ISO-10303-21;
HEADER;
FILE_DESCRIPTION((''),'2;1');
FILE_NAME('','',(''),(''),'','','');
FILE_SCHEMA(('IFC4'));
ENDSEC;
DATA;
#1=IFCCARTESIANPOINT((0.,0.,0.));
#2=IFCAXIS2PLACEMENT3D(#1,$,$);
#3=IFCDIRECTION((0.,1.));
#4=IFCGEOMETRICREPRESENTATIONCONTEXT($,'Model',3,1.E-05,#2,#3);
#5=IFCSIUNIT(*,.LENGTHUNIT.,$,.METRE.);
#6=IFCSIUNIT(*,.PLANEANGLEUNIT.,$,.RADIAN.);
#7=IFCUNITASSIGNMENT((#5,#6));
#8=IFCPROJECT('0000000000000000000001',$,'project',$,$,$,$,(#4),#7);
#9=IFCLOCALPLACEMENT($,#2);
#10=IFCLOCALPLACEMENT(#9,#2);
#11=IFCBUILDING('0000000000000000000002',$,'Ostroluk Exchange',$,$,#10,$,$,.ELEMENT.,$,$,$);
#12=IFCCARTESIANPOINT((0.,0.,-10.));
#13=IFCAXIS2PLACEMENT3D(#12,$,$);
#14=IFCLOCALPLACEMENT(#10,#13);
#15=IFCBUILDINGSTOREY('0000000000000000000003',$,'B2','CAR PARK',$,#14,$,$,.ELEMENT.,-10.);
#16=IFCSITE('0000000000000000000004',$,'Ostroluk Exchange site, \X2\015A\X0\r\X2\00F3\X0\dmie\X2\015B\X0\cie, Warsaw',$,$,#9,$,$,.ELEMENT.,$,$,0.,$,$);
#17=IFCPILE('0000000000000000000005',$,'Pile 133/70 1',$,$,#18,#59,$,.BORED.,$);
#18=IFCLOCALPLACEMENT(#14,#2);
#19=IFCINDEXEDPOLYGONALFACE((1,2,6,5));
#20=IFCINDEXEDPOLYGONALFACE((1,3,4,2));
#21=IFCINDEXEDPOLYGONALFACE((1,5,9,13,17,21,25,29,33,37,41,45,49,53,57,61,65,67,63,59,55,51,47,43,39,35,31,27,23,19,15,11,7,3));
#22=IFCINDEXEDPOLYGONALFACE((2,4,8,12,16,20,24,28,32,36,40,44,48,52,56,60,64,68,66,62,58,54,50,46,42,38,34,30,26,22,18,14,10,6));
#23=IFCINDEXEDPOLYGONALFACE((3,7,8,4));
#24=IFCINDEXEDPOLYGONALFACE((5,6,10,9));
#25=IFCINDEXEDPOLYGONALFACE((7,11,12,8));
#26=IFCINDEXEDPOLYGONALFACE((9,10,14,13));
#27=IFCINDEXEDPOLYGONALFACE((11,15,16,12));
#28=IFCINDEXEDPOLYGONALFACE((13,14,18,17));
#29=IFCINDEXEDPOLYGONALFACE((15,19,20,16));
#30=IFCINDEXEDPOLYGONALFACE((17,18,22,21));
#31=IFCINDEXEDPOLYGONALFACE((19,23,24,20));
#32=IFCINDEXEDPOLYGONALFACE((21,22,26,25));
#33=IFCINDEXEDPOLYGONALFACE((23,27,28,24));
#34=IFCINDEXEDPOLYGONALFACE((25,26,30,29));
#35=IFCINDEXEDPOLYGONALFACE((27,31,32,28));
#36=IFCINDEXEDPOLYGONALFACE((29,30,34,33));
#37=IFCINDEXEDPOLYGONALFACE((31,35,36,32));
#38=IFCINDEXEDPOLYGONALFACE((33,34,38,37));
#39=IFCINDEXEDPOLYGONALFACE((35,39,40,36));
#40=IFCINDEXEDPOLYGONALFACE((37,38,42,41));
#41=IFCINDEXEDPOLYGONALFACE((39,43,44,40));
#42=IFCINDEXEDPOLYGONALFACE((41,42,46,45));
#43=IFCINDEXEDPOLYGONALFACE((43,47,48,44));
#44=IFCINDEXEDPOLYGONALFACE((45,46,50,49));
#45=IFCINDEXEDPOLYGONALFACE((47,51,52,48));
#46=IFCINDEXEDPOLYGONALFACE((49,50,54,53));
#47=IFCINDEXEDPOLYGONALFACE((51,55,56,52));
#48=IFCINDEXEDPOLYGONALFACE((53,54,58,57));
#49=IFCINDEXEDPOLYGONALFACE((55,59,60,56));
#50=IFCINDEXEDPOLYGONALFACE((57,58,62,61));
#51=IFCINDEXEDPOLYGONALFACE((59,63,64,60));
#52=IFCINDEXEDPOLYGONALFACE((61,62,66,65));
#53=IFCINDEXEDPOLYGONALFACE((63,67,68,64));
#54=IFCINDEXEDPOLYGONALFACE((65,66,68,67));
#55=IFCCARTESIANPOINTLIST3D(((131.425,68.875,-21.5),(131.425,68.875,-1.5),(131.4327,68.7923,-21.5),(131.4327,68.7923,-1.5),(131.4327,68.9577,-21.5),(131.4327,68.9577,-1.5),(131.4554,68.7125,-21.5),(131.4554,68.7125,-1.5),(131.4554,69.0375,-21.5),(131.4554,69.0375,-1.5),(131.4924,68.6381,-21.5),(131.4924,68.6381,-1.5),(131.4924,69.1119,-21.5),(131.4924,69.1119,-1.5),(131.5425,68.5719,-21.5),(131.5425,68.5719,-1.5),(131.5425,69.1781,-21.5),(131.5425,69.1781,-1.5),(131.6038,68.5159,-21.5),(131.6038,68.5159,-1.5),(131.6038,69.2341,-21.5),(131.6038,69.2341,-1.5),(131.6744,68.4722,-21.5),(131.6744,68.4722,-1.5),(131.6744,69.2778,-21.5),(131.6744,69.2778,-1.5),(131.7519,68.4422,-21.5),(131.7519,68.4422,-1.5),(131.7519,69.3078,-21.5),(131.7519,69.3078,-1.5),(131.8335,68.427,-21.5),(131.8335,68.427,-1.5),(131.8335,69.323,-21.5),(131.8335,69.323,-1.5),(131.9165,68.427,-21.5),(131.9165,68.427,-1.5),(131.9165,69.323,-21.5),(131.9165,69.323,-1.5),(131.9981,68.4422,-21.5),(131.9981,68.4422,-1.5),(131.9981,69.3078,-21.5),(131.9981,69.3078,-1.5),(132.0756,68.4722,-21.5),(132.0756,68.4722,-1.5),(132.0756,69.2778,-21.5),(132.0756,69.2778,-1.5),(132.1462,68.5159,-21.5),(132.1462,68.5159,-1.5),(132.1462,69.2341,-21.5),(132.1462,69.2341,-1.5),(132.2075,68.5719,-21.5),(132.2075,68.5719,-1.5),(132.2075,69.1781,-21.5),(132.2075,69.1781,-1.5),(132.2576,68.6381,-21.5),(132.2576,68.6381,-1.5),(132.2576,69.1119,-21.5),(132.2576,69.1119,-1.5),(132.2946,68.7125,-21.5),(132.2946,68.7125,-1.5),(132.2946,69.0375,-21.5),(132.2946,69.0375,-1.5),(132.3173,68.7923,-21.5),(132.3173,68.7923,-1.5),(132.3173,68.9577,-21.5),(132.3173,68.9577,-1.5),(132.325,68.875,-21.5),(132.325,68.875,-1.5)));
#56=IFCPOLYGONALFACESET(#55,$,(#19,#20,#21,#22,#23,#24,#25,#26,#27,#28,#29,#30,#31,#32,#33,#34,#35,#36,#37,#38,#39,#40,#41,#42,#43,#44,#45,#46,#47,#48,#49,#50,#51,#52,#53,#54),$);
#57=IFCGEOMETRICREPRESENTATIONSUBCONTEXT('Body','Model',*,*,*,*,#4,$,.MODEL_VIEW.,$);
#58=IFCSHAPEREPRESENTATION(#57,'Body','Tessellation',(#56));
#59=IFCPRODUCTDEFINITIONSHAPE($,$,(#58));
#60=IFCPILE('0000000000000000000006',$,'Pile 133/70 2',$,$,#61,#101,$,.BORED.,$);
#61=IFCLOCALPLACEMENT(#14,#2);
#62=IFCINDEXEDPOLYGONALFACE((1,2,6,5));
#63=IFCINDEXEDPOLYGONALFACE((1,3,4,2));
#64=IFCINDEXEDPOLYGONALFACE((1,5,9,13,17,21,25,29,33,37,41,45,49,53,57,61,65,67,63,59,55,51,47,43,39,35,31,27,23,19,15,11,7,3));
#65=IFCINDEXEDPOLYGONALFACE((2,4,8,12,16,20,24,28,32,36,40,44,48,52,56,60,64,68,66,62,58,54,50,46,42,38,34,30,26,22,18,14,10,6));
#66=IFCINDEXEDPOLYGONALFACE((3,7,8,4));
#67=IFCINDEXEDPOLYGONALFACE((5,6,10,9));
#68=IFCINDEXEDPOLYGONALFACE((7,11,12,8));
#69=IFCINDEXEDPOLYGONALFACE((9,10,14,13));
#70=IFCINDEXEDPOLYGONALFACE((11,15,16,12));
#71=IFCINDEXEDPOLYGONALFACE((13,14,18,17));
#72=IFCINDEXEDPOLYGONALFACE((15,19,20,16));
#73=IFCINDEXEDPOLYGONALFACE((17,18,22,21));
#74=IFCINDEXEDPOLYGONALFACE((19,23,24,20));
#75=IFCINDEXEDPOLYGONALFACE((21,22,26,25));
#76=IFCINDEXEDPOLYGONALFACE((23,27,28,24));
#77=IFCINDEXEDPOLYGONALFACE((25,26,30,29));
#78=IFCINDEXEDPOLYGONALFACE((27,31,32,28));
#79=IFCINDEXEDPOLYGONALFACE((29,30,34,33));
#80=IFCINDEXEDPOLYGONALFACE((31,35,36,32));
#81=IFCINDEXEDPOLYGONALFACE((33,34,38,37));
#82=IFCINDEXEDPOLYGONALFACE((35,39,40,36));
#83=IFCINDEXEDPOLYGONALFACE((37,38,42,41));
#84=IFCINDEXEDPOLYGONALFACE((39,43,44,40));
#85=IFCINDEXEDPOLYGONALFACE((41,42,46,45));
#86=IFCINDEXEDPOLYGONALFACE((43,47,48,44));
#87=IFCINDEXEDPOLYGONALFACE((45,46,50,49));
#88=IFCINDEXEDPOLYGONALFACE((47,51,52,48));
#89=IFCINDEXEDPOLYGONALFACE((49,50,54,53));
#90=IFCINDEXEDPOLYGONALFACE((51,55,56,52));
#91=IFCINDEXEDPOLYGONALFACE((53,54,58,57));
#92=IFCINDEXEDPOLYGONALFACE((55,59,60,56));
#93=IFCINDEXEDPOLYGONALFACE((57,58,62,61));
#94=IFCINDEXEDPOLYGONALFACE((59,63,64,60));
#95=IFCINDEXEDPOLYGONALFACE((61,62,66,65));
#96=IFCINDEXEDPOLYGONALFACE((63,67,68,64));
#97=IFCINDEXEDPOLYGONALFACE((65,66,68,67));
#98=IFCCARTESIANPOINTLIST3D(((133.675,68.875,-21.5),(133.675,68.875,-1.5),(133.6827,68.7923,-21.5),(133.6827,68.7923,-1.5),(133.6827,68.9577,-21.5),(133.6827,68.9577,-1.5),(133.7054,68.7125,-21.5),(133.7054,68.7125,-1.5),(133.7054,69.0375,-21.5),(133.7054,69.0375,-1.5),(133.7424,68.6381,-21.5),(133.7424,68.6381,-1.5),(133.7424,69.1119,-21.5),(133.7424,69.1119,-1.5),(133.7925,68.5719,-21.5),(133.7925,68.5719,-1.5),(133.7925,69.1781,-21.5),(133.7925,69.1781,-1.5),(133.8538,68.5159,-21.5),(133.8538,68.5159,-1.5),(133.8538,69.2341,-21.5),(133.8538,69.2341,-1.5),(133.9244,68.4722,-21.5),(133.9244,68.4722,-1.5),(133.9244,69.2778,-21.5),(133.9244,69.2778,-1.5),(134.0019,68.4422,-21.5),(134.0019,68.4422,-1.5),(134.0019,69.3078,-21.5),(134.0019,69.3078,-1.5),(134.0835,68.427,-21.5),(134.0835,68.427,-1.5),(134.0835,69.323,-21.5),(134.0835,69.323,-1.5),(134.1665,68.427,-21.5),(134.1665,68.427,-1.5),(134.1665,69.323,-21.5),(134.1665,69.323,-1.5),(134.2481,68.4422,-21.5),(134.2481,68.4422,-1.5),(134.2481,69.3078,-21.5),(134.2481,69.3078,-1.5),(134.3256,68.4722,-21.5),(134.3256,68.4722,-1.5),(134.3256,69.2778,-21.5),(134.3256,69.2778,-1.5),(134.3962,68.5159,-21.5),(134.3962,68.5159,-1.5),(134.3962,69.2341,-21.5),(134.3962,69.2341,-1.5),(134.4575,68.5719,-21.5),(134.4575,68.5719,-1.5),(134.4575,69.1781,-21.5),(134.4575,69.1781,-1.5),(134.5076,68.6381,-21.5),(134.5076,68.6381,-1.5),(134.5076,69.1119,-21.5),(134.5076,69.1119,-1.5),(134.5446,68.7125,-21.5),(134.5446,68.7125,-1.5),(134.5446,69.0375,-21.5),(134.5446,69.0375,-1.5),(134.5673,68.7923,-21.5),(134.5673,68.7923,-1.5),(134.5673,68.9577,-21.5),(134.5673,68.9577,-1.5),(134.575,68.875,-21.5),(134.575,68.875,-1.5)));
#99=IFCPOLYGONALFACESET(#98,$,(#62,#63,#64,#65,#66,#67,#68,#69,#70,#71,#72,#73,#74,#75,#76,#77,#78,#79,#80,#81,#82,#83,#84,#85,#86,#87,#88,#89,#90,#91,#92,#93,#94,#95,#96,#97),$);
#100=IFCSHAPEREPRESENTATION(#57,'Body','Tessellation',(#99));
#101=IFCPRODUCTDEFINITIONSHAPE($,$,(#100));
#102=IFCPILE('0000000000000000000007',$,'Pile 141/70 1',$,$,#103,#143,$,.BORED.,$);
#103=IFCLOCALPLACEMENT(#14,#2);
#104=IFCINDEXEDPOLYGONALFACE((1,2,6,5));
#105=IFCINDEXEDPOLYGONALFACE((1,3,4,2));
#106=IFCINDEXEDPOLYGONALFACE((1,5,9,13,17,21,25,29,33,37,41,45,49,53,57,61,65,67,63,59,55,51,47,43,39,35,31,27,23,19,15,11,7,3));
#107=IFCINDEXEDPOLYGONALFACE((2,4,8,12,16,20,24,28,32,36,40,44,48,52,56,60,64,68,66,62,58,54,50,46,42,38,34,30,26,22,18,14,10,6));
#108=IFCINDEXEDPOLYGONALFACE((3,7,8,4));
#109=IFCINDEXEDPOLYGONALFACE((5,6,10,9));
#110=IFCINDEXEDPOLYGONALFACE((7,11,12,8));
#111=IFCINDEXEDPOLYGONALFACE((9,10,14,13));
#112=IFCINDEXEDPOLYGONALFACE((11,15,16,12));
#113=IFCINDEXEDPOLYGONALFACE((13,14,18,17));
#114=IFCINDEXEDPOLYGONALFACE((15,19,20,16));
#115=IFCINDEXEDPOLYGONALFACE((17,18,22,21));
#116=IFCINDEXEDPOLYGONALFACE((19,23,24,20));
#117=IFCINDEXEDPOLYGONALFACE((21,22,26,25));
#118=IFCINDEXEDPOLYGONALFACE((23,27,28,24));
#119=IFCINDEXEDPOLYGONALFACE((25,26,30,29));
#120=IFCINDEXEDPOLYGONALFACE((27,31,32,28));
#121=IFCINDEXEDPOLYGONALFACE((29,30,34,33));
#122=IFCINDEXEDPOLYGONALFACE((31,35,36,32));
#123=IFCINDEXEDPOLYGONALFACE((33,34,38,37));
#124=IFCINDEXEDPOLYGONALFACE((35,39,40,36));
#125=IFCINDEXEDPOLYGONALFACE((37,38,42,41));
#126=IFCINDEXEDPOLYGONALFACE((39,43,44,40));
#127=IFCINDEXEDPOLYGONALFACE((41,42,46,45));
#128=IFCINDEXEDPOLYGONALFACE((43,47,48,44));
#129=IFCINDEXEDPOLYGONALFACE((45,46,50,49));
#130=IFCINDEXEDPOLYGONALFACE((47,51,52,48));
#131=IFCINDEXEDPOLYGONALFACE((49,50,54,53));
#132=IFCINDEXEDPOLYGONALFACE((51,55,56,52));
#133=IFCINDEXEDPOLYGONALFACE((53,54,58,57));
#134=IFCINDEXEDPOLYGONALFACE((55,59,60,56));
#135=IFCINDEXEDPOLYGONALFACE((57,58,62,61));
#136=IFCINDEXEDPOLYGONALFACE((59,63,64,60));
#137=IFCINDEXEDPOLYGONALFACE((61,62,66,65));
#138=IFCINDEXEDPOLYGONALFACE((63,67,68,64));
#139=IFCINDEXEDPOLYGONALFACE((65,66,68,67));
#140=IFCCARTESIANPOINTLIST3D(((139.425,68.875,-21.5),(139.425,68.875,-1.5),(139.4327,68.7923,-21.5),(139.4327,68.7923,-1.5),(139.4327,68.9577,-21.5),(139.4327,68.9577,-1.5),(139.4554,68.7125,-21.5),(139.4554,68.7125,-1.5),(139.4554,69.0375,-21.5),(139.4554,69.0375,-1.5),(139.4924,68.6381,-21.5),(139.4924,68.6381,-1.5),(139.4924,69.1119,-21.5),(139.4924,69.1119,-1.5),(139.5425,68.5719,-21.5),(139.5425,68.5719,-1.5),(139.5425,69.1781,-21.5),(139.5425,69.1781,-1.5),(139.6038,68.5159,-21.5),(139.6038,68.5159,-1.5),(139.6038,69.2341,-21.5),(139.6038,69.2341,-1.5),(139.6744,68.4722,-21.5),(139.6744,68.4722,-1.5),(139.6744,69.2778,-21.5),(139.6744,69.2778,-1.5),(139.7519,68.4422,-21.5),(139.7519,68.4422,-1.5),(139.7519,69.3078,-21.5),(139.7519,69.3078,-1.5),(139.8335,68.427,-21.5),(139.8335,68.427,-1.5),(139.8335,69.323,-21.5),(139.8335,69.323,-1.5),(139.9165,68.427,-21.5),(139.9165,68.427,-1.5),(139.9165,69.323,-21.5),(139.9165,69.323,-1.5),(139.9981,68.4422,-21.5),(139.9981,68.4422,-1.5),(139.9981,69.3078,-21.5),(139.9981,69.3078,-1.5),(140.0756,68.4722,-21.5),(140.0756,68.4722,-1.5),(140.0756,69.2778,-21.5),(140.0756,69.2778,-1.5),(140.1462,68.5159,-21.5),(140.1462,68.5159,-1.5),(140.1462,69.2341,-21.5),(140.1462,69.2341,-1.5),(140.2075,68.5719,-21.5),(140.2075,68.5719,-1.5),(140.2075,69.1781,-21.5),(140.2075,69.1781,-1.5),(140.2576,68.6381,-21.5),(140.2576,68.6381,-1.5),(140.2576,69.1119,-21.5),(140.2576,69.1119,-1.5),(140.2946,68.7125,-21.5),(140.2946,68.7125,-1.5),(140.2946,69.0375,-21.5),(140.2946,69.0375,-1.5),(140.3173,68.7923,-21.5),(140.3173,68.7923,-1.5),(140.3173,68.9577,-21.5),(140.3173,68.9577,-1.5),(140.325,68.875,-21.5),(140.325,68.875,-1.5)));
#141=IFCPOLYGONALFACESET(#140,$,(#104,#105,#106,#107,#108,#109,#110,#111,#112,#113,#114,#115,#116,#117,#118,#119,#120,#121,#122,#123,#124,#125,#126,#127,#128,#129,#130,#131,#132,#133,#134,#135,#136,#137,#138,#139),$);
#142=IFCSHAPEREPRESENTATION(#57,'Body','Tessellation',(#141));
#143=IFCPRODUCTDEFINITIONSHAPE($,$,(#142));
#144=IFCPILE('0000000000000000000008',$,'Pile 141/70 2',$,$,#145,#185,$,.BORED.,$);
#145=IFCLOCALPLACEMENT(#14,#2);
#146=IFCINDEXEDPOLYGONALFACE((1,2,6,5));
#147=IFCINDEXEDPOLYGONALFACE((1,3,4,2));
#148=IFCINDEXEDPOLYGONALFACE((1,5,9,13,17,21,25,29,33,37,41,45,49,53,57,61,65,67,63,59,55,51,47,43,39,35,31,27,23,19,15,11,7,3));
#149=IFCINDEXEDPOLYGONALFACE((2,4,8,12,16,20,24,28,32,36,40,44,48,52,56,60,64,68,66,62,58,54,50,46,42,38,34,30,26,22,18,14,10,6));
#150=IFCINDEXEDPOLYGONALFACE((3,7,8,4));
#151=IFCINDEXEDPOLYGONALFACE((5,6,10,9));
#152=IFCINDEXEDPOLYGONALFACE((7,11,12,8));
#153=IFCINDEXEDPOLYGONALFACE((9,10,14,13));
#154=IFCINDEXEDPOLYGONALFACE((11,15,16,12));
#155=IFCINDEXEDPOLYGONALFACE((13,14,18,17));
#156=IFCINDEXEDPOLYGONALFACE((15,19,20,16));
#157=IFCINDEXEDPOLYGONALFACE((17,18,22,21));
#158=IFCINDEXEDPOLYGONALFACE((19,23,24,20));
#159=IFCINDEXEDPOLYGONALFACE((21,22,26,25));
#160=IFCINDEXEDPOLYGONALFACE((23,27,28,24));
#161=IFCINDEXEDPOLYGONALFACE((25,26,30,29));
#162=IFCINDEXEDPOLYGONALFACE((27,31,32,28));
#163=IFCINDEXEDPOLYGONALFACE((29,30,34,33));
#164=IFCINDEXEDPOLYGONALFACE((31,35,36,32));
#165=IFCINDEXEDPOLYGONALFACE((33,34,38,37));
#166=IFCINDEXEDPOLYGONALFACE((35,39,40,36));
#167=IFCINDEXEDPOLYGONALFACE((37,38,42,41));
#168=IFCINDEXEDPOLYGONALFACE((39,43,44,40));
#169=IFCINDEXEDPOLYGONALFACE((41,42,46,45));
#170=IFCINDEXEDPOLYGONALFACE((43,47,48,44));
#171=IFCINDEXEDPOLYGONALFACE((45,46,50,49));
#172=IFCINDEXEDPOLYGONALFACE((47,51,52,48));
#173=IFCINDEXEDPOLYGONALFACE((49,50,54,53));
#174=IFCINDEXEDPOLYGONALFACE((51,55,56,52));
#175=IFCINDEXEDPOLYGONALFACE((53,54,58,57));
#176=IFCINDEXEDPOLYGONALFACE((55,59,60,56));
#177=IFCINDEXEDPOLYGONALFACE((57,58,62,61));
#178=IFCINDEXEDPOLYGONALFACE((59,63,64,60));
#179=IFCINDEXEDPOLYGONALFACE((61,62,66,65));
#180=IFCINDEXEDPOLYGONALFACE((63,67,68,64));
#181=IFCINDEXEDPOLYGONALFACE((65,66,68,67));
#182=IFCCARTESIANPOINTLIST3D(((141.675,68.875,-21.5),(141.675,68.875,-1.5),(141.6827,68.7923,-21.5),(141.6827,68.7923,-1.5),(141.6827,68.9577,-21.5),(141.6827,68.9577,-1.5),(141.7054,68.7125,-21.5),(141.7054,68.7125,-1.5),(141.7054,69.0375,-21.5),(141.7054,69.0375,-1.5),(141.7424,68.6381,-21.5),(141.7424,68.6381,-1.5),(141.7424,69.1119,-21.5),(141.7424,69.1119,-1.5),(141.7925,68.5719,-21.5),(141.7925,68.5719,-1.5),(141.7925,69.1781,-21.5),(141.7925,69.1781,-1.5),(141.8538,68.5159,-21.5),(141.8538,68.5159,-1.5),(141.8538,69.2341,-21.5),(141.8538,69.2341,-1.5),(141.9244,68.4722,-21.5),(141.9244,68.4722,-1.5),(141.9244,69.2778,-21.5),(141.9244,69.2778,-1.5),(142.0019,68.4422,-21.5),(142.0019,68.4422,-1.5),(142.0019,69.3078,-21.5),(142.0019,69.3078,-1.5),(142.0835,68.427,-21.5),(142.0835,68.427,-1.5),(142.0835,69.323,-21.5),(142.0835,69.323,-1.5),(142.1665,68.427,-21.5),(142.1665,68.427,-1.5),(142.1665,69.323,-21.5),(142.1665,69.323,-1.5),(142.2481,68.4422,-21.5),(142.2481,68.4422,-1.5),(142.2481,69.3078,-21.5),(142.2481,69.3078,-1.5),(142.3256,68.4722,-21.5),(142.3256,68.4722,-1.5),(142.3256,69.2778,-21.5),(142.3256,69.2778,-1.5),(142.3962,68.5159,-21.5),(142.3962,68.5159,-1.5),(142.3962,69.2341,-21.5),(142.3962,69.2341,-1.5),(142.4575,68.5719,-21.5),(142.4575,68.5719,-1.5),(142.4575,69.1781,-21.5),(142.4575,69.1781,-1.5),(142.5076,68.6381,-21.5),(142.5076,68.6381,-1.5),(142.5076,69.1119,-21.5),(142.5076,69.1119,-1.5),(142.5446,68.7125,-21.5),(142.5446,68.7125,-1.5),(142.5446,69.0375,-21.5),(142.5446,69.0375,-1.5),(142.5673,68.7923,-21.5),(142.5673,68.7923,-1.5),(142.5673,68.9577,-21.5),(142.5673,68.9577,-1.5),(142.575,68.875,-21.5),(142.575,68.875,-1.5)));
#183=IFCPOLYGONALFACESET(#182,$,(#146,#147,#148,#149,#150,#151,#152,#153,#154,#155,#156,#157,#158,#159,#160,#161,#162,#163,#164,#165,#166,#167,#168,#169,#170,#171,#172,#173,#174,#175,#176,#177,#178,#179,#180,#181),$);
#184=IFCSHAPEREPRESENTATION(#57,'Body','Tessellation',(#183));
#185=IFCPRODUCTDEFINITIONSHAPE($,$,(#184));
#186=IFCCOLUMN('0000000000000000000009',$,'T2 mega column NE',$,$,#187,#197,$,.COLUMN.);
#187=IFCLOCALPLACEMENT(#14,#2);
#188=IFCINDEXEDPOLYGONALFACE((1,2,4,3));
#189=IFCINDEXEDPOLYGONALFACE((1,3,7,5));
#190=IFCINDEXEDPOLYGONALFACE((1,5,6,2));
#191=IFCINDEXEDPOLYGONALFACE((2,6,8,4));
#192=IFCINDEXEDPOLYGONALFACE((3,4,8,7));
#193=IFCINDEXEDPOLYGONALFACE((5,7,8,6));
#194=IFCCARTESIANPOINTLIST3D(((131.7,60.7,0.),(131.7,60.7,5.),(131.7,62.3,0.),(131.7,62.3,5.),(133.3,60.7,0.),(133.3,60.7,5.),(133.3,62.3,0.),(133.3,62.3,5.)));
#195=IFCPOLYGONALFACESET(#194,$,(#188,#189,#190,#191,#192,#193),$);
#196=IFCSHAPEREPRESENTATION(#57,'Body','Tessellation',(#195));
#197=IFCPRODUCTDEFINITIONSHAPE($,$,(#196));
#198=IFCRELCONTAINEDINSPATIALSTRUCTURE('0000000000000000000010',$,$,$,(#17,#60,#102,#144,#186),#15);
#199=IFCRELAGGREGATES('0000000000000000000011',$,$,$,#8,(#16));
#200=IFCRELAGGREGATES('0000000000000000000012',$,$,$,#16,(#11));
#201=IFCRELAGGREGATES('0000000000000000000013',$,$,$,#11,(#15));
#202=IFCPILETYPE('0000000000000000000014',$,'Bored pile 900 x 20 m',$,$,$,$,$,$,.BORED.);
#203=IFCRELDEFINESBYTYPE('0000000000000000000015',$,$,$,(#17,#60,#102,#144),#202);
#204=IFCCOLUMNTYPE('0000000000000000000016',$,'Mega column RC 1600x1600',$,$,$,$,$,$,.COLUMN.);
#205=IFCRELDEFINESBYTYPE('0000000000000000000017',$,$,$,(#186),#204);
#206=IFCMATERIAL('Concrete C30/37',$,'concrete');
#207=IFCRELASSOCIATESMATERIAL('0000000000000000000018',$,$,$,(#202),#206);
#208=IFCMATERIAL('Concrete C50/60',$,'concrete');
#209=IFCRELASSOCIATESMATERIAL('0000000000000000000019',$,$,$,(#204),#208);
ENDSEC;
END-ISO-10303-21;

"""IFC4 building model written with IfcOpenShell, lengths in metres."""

from ifc_helpers import new_model, si_unit, direction, frame, origin, origin_2d, place, context, subcontext, project, spatial, rectangle, circle, extrude, material, material_profile, profile_set, type_object, element, save


model = new_model("IFC4")

# Units and contexts
model_context = context("Model", 3, precision=1e-05, world=origin(), true_north=direction((0.0, 1.0)))
body_context = subcontext(model_context, "Body", "Model", "MODEL_VIEW")
ifc_project = project(units=[si_unit("LENGTHUNIT", "METRE"), si_unit("PLANEANGLEUNIT", "RADIAN")], contexts=[model_context])

# Site, building, storey
site_placement = place(None, origin())
site = spatial("IfcSite", under=ifc_project, at=site_placement, Name="Ostroluk Exchange site, Śródmieście, Warsaw", CompositionType="ELEMENT", RefElevation=0.0)
building_placement = place(site_placement, origin())
building = spatial("IfcBuilding", under=site, at=building_placement, Name="Ostroluk Exchange", CompositionType="ELEMENT")
storey_placement = place(building_placement, frame((0.0, 0.0, -10.0)))
storey = spatial("IfcBuildingStorey", under=building, at=storey_placement, Name="B2", Description="CAR PARK", CompositionType="ELEMENT", Elevation=-10.0)

# Piles
ifc_material_1 = material(Name="Concrete C30/37", Category="concrete")
pile_type_1 = type_object("IfcPileType", Name="Bored pile 900 x 20 m", PredefinedType="BORED", material=ifc_material_1)
for number, where, z_axis, x_axis, name in (
    (1, (131.875, 68.875, -1.5), (0.0, 0.0, -1.0), (1.0, 0.0, 0.0), "Pile 133/70 1"),
    (2, (134.125, 68.875, -1.5), (0.0, 0.0, -1.0), (1.0, 0.0, 0.0), "Pile 133/70 2"),
    (3, (139.875, 68.875, -1.5), (0.0, 0.0, -1.0), (1.0, 0.0, 0.0), "Pile 141/70 1"),
    (4, (142.125, 68.875, -1.5), (0.0, 0.0, -1.0), (1.0, 0.0, 0.0), "Pile 141/70 2"),
):
    element("IfcPile", number, at=place(storey_placement, frame(where, z_axis=z_axis, x_axis=x_axis)), inside=storey, type_object=pile_type_1, Name=name, PredefinedType="BORED", context=body_context, shape_type="SweptSolid", body=[
        extrude(circle(Radius=0.45, at=origin_2d()), origin(), (0.0, 0.0, 1.0), 20.0),
    ])

# Column
ifc_material_2 = material(Name="Concrete C50/60", Category="concrete")
ifc_material_profile_1 = material_profile(ifc_material_2, rectangle(XDim=1.6001, YDim=1.6001, at=origin_2d()), Name="RC 1600x1600")
ifc_profile_set_1 = profile_set([ifc_material_profile_1], Name="Concrete C50/60")
column_type_1 = type_object("IfcColumnType", Name="Mega column RC 1600x1600", PredefinedType="COLUMN", material=ifc_profile_set_1)
column_placement = place(storey_placement, frame((132.5, 61.5, 0.0), z_axis=(0.0, 0.0, 1.0), x_axis=(1.0, 0.0, 0.0)))
element("IfcColumn", 5, at=column_placement, inside=storey, type_object=column_type_1, Name="T2 mega column NE", PredefinedType="COLUMN", context=body_context, shape_type="SweptSolid", body=[
    extrude(rectangle(XDim=1.6001, YDim=1.6001, at=origin_2d()), origin(), (0.0, 0.0, 1.0), 5.0),
])

save(model, "model.ifc")
